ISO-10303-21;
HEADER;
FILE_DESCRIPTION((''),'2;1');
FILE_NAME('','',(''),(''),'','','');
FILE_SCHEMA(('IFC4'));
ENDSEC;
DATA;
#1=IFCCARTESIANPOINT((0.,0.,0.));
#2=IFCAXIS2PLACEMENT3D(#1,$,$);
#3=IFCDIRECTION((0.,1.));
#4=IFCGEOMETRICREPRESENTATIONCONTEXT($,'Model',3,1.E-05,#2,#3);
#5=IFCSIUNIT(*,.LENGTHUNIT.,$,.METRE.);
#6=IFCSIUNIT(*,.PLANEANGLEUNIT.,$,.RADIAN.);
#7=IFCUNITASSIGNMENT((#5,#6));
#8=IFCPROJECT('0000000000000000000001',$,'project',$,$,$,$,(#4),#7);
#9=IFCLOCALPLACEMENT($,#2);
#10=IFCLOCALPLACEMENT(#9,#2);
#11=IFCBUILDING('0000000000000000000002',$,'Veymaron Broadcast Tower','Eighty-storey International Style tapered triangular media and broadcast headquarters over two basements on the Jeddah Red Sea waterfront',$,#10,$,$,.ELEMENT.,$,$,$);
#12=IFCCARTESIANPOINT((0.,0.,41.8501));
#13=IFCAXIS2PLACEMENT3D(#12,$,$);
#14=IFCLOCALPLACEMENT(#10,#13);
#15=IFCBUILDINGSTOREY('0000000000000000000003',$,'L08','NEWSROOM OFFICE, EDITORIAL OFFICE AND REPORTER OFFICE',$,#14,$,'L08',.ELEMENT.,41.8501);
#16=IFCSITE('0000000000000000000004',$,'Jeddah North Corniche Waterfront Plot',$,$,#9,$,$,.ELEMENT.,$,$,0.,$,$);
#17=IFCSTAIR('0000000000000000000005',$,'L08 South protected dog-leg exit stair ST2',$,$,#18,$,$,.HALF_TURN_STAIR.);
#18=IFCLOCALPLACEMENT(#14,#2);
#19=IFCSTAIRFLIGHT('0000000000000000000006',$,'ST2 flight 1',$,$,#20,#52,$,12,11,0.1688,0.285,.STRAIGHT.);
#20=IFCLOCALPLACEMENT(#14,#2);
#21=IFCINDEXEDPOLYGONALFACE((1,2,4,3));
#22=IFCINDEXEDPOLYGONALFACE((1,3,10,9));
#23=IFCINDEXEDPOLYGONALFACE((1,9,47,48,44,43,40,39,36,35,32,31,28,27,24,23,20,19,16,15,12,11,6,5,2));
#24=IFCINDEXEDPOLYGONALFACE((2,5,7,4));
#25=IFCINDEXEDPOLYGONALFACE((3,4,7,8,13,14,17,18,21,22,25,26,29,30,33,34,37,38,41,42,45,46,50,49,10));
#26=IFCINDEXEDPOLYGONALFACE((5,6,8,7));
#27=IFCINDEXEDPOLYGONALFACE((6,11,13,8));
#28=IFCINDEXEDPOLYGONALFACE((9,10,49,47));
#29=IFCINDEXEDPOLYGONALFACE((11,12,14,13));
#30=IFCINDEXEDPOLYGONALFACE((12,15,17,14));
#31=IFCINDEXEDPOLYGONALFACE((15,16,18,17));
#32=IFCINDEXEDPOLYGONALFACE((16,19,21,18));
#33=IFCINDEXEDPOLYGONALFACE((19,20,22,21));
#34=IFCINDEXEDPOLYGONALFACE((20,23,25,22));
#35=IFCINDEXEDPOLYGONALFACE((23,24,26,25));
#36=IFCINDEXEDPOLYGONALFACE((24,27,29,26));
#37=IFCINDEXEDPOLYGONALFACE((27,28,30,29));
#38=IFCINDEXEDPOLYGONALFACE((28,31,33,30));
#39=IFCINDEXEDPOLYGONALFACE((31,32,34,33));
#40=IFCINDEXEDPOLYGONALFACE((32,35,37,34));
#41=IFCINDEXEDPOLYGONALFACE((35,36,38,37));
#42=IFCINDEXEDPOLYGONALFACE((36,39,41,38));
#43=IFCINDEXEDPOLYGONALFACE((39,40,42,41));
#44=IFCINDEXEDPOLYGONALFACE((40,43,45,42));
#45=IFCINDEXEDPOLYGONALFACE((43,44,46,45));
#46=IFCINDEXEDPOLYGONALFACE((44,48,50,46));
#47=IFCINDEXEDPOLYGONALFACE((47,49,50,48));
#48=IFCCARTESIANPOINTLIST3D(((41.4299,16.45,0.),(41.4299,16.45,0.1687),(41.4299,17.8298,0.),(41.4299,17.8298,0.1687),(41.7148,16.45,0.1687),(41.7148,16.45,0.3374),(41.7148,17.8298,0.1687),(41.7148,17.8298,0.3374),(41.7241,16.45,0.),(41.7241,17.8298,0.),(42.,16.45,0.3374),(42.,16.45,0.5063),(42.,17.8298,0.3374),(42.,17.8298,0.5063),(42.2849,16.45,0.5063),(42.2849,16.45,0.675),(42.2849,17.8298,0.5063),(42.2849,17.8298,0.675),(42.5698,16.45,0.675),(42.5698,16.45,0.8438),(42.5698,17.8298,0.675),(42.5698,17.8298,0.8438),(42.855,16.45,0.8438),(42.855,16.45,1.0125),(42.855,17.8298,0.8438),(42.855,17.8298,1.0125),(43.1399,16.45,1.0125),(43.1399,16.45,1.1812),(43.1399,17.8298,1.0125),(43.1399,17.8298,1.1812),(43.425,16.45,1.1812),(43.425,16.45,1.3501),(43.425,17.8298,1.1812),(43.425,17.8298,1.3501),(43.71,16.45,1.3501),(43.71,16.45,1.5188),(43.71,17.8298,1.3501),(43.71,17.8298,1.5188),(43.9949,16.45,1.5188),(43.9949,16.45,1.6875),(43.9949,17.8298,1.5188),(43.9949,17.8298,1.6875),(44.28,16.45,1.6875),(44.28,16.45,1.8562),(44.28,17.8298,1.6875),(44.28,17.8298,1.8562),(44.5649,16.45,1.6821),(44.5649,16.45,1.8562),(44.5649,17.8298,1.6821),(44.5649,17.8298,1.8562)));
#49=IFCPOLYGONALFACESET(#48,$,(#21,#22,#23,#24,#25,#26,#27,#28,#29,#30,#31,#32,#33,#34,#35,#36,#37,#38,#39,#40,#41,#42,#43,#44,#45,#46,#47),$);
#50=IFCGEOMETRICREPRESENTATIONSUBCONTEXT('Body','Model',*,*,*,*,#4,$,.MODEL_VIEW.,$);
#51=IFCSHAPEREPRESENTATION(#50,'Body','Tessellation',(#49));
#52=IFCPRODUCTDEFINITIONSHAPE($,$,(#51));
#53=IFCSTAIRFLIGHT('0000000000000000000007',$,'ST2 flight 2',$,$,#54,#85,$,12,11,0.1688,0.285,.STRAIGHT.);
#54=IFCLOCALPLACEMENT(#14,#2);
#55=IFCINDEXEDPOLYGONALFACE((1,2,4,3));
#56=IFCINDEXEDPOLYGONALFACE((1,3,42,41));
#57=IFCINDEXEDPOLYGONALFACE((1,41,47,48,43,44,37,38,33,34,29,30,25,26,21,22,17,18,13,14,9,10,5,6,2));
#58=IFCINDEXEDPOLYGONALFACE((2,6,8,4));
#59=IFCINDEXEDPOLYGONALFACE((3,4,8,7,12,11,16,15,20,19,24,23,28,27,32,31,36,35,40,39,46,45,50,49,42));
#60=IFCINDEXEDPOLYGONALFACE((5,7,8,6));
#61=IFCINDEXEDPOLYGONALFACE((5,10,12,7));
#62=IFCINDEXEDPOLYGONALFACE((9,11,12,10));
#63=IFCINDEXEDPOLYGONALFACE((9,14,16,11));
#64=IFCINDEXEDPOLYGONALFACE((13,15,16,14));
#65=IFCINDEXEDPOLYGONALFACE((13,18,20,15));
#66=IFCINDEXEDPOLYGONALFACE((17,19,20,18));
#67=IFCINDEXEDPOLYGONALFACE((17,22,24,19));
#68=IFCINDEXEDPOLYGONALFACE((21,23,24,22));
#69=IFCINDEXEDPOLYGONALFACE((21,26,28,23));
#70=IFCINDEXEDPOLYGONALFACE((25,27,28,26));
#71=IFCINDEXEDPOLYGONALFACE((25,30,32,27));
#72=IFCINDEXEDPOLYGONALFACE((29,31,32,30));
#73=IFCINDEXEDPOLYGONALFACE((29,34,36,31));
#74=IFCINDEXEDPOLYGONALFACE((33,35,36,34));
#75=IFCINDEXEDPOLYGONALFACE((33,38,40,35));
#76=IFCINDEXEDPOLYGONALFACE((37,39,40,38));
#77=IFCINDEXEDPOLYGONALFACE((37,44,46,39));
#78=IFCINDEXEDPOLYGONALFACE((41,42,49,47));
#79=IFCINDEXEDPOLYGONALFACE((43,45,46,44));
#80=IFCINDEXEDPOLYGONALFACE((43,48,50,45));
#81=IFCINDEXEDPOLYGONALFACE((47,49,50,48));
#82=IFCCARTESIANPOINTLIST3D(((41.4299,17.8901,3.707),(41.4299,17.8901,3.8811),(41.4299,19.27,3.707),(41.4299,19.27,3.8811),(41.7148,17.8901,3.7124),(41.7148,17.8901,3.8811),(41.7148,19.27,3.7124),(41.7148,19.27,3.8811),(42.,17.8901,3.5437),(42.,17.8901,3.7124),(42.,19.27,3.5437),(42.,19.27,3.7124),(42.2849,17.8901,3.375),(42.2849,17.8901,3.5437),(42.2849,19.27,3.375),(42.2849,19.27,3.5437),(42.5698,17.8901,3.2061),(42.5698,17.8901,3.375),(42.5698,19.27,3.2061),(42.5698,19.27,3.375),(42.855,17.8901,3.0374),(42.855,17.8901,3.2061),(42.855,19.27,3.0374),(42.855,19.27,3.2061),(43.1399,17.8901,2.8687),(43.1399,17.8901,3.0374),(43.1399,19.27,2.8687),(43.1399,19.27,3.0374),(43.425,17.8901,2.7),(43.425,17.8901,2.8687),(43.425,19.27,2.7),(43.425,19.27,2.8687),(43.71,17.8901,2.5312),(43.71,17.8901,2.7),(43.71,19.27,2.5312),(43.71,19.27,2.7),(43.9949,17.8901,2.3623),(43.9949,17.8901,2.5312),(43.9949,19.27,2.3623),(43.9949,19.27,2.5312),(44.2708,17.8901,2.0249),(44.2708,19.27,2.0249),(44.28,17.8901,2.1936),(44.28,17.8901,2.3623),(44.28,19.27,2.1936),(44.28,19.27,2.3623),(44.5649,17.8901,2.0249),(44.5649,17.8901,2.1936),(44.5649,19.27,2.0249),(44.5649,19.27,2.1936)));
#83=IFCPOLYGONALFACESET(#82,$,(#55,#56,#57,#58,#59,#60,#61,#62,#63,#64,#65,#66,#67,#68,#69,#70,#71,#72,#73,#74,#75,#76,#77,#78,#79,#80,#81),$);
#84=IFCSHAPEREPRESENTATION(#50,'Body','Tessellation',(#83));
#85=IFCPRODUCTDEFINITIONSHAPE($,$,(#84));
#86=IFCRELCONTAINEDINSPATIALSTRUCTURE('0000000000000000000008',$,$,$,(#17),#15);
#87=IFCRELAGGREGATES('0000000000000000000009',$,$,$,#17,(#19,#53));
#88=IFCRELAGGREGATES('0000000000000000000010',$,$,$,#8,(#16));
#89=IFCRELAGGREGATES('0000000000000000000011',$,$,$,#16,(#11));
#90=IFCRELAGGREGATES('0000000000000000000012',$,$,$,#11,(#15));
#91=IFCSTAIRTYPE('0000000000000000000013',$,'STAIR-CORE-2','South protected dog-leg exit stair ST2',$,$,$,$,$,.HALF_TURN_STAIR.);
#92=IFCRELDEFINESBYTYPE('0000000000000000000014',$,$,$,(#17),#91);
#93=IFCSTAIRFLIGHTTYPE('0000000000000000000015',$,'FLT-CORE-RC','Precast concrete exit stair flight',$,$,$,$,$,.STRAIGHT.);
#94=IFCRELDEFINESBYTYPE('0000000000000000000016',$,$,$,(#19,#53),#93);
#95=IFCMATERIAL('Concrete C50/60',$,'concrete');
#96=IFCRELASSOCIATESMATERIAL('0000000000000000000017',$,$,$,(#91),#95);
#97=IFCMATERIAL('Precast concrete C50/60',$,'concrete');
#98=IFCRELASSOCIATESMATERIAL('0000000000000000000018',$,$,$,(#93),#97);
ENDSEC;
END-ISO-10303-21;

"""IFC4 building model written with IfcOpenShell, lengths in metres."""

from ifc_helpers import new_model, si_unit, direction, frame, origin, place, context, subcontext, project, spatial, polyline, outline, extrude, material, type_object, element, aggregate, save


model = new_model("IFC4")

# Units and contexts
model_context = context("Model", 3, precision=1e-05, world=origin(), true_north=direction((0.0, 1.0)))
body_context = subcontext(model_context, "Body", "Model", "MODEL_VIEW")
ifc_project = project(units=[si_unit("LENGTHUNIT", "METRE"), si_unit("PLANEANGLEUNIT", "RADIAN")], contexts=[model_context])

# Site, building, storey
site_placement = place(None, origin())
site = spatial("IfcSite", under=ifc_project, at=site_placement, Name="Jeddah North Corniche Waterfront Plot", CompositionType="ELEMENT", RefElevation=0.0)
building_placement = place(site_placement, origin())
building = spatial("IfcBuilding", under=site, at=building_placement, Name="Veymaron Broadcast Tower", Description="Eighty-storey International Style tapered triangular media and broadcast headquarters over two basements on the Jeddah Red Sea waterfront", CompositionType="ELEMENT")
storey_placement = place(building_placement, frame((0.0, 0.0, 41.8501)))
storey = spatial("IfcBuildingStorey", under=building, at=storey_placement, Name="L08", Description="NEWSROOM OFFICE, EDITORIAL OFFICE AND REPORTER OFFICE", LongName="L08", CompositionType="ELEMENT", Elevation=41.8501)

# Shared definitions
ifc_material_1 = material(Name="Concrete C50/60", Category="concrete")

# Stair, stair flights
stair_type = type_object("IfcStairType", Name="STAIR-CORE-2", Description="South protected dog-leg exit stair ST2", PredefinedType="HALF_TURN_STAIR", material=ifc_material_1)
stair_placement = place(storey_placement, origin())
stair = element("IfcStair", 1, at=stair_placement, inside=storey, type_object=stair_type, Name="L08 South protected dog-leg exit stair ST2", PredefinedType="HALF_TURN_STAIR")
ifc_material_2 = material(Name="Precast concrete C50/60", Category="concrete")
stair_flight_type = type_object("IfcStairFlightType", Name="FLT-CORE-RC", Description="Precast concrete exit stair flight", PredefinedType="STRAIGHT", material=ifc_material_2)
stair_flight_1_placement = place(storey_placement, frame((41.4299, 17.1399, 0.0), z_axis=(0.0, 0.0, 1.0), x_axis=(1.0, 0.0, 0.0)))
stair_flight_1 = element("IfcStairFlight", 2, at=stair_flight_1_placement, type_object=stair_flight_type, Name="ST2 flight 1", NumberOfRisers=12, NumberOfTreads=11, PredefinedType="STRAIGHT", RiserHeight=0.1688, TreadLength=0.285, context=body_context, shape_type="SweptSolid", body=[
    extrude(outline(polyline([(0.0, 0.0), (0.0, 0.1687), (0.2849, 0.1687), (0.2849, 0.3374), (0.5701, 0.3374), (0.5701, 0.5063), (0.855, 0.5063), (0.855, 0.675), (1.1399, 0.675), (1.1399, 0.8438), (1.425, 0.8438), (1.425, 1.0125), (1.71, 1.0125), (1.71, 1.1812), (1.9951, 1.1812), (1.9951, 1.3501), (2.28, 1.3501), (2.28, 1.5188), (2.5649, 1.5188), (2.5649, 1.6875), (2.8501, 1.6875), (2.8501, 1.8562), (3.135, 1.8562), (3.135, 2.0249), (3.135, 1.6821), (0.2942, 0.0), (0.0, 0.0)])), frame((0.0, 0.6899, 0.0), z_axis=(0.0, -1.0, 0.0), x_axis=(1.0, 0.0, 0.0)), (0.0, 0.0, 1.0), 1.3799),
])
stair_flight_2_placement = place(storey_placement, frame((44.5649, 18.5801, 2.0249), z_axis=(0.0, 0.0, 1.0), x_axis=(-1.0, 0.0, 0.0)))
stair_flight_2 = element("IfcStairFlight", 3, at=stair_flight_2_placement, type_object=stair_flight_type, Name="ST2 flight 2", NumberOfRisers=12, NumberOfTreads=11, PredefinedType="STRAIGHT", RiserHeight=0.1688, TreadLength=0.285, context=body_context, shape_type="SweptSolid", body=[
    extrude(outline(polyline([(0.0, 0.0), (0.0, 0.1687), (0.2849, 0.1687), (0.2849, 0.3374), (0.5701, 0.3374), (0.5701, 0.5063), (0.855, 0.5063), (0.855, 0.675), (1.1399, 0.675), (1.1399, 0.8438), (1.425, 0.8438), (1.425, 1.0125), (1.71, 1.0125), (1.71, 1.1812), (1.9951, 1.1812), (1.9951, 1.3501), (2.28, 1.3501), (2.28, 1.5188), (2.5649, 1.5188), (2.5649, 1.6875), (2.8501, 1.6875), (2.8501, 1.8562), (3.135, 1.8562), (3.135, 2.0249), (3.135, 1.6821), (0.2942, 0.0), (0.0, 0.0)])), frame((0.0, 0.6899, 0.0), z_axis=(0.0, -1.0, 0.0), x_axis=(1.0, 0.0, 0.0)), (0.0, 0.0, 1.0), 1.3799),
])
aggregate(stair, [stair_flight_1, stair_flight_2])

save(model, "model.ifc")
